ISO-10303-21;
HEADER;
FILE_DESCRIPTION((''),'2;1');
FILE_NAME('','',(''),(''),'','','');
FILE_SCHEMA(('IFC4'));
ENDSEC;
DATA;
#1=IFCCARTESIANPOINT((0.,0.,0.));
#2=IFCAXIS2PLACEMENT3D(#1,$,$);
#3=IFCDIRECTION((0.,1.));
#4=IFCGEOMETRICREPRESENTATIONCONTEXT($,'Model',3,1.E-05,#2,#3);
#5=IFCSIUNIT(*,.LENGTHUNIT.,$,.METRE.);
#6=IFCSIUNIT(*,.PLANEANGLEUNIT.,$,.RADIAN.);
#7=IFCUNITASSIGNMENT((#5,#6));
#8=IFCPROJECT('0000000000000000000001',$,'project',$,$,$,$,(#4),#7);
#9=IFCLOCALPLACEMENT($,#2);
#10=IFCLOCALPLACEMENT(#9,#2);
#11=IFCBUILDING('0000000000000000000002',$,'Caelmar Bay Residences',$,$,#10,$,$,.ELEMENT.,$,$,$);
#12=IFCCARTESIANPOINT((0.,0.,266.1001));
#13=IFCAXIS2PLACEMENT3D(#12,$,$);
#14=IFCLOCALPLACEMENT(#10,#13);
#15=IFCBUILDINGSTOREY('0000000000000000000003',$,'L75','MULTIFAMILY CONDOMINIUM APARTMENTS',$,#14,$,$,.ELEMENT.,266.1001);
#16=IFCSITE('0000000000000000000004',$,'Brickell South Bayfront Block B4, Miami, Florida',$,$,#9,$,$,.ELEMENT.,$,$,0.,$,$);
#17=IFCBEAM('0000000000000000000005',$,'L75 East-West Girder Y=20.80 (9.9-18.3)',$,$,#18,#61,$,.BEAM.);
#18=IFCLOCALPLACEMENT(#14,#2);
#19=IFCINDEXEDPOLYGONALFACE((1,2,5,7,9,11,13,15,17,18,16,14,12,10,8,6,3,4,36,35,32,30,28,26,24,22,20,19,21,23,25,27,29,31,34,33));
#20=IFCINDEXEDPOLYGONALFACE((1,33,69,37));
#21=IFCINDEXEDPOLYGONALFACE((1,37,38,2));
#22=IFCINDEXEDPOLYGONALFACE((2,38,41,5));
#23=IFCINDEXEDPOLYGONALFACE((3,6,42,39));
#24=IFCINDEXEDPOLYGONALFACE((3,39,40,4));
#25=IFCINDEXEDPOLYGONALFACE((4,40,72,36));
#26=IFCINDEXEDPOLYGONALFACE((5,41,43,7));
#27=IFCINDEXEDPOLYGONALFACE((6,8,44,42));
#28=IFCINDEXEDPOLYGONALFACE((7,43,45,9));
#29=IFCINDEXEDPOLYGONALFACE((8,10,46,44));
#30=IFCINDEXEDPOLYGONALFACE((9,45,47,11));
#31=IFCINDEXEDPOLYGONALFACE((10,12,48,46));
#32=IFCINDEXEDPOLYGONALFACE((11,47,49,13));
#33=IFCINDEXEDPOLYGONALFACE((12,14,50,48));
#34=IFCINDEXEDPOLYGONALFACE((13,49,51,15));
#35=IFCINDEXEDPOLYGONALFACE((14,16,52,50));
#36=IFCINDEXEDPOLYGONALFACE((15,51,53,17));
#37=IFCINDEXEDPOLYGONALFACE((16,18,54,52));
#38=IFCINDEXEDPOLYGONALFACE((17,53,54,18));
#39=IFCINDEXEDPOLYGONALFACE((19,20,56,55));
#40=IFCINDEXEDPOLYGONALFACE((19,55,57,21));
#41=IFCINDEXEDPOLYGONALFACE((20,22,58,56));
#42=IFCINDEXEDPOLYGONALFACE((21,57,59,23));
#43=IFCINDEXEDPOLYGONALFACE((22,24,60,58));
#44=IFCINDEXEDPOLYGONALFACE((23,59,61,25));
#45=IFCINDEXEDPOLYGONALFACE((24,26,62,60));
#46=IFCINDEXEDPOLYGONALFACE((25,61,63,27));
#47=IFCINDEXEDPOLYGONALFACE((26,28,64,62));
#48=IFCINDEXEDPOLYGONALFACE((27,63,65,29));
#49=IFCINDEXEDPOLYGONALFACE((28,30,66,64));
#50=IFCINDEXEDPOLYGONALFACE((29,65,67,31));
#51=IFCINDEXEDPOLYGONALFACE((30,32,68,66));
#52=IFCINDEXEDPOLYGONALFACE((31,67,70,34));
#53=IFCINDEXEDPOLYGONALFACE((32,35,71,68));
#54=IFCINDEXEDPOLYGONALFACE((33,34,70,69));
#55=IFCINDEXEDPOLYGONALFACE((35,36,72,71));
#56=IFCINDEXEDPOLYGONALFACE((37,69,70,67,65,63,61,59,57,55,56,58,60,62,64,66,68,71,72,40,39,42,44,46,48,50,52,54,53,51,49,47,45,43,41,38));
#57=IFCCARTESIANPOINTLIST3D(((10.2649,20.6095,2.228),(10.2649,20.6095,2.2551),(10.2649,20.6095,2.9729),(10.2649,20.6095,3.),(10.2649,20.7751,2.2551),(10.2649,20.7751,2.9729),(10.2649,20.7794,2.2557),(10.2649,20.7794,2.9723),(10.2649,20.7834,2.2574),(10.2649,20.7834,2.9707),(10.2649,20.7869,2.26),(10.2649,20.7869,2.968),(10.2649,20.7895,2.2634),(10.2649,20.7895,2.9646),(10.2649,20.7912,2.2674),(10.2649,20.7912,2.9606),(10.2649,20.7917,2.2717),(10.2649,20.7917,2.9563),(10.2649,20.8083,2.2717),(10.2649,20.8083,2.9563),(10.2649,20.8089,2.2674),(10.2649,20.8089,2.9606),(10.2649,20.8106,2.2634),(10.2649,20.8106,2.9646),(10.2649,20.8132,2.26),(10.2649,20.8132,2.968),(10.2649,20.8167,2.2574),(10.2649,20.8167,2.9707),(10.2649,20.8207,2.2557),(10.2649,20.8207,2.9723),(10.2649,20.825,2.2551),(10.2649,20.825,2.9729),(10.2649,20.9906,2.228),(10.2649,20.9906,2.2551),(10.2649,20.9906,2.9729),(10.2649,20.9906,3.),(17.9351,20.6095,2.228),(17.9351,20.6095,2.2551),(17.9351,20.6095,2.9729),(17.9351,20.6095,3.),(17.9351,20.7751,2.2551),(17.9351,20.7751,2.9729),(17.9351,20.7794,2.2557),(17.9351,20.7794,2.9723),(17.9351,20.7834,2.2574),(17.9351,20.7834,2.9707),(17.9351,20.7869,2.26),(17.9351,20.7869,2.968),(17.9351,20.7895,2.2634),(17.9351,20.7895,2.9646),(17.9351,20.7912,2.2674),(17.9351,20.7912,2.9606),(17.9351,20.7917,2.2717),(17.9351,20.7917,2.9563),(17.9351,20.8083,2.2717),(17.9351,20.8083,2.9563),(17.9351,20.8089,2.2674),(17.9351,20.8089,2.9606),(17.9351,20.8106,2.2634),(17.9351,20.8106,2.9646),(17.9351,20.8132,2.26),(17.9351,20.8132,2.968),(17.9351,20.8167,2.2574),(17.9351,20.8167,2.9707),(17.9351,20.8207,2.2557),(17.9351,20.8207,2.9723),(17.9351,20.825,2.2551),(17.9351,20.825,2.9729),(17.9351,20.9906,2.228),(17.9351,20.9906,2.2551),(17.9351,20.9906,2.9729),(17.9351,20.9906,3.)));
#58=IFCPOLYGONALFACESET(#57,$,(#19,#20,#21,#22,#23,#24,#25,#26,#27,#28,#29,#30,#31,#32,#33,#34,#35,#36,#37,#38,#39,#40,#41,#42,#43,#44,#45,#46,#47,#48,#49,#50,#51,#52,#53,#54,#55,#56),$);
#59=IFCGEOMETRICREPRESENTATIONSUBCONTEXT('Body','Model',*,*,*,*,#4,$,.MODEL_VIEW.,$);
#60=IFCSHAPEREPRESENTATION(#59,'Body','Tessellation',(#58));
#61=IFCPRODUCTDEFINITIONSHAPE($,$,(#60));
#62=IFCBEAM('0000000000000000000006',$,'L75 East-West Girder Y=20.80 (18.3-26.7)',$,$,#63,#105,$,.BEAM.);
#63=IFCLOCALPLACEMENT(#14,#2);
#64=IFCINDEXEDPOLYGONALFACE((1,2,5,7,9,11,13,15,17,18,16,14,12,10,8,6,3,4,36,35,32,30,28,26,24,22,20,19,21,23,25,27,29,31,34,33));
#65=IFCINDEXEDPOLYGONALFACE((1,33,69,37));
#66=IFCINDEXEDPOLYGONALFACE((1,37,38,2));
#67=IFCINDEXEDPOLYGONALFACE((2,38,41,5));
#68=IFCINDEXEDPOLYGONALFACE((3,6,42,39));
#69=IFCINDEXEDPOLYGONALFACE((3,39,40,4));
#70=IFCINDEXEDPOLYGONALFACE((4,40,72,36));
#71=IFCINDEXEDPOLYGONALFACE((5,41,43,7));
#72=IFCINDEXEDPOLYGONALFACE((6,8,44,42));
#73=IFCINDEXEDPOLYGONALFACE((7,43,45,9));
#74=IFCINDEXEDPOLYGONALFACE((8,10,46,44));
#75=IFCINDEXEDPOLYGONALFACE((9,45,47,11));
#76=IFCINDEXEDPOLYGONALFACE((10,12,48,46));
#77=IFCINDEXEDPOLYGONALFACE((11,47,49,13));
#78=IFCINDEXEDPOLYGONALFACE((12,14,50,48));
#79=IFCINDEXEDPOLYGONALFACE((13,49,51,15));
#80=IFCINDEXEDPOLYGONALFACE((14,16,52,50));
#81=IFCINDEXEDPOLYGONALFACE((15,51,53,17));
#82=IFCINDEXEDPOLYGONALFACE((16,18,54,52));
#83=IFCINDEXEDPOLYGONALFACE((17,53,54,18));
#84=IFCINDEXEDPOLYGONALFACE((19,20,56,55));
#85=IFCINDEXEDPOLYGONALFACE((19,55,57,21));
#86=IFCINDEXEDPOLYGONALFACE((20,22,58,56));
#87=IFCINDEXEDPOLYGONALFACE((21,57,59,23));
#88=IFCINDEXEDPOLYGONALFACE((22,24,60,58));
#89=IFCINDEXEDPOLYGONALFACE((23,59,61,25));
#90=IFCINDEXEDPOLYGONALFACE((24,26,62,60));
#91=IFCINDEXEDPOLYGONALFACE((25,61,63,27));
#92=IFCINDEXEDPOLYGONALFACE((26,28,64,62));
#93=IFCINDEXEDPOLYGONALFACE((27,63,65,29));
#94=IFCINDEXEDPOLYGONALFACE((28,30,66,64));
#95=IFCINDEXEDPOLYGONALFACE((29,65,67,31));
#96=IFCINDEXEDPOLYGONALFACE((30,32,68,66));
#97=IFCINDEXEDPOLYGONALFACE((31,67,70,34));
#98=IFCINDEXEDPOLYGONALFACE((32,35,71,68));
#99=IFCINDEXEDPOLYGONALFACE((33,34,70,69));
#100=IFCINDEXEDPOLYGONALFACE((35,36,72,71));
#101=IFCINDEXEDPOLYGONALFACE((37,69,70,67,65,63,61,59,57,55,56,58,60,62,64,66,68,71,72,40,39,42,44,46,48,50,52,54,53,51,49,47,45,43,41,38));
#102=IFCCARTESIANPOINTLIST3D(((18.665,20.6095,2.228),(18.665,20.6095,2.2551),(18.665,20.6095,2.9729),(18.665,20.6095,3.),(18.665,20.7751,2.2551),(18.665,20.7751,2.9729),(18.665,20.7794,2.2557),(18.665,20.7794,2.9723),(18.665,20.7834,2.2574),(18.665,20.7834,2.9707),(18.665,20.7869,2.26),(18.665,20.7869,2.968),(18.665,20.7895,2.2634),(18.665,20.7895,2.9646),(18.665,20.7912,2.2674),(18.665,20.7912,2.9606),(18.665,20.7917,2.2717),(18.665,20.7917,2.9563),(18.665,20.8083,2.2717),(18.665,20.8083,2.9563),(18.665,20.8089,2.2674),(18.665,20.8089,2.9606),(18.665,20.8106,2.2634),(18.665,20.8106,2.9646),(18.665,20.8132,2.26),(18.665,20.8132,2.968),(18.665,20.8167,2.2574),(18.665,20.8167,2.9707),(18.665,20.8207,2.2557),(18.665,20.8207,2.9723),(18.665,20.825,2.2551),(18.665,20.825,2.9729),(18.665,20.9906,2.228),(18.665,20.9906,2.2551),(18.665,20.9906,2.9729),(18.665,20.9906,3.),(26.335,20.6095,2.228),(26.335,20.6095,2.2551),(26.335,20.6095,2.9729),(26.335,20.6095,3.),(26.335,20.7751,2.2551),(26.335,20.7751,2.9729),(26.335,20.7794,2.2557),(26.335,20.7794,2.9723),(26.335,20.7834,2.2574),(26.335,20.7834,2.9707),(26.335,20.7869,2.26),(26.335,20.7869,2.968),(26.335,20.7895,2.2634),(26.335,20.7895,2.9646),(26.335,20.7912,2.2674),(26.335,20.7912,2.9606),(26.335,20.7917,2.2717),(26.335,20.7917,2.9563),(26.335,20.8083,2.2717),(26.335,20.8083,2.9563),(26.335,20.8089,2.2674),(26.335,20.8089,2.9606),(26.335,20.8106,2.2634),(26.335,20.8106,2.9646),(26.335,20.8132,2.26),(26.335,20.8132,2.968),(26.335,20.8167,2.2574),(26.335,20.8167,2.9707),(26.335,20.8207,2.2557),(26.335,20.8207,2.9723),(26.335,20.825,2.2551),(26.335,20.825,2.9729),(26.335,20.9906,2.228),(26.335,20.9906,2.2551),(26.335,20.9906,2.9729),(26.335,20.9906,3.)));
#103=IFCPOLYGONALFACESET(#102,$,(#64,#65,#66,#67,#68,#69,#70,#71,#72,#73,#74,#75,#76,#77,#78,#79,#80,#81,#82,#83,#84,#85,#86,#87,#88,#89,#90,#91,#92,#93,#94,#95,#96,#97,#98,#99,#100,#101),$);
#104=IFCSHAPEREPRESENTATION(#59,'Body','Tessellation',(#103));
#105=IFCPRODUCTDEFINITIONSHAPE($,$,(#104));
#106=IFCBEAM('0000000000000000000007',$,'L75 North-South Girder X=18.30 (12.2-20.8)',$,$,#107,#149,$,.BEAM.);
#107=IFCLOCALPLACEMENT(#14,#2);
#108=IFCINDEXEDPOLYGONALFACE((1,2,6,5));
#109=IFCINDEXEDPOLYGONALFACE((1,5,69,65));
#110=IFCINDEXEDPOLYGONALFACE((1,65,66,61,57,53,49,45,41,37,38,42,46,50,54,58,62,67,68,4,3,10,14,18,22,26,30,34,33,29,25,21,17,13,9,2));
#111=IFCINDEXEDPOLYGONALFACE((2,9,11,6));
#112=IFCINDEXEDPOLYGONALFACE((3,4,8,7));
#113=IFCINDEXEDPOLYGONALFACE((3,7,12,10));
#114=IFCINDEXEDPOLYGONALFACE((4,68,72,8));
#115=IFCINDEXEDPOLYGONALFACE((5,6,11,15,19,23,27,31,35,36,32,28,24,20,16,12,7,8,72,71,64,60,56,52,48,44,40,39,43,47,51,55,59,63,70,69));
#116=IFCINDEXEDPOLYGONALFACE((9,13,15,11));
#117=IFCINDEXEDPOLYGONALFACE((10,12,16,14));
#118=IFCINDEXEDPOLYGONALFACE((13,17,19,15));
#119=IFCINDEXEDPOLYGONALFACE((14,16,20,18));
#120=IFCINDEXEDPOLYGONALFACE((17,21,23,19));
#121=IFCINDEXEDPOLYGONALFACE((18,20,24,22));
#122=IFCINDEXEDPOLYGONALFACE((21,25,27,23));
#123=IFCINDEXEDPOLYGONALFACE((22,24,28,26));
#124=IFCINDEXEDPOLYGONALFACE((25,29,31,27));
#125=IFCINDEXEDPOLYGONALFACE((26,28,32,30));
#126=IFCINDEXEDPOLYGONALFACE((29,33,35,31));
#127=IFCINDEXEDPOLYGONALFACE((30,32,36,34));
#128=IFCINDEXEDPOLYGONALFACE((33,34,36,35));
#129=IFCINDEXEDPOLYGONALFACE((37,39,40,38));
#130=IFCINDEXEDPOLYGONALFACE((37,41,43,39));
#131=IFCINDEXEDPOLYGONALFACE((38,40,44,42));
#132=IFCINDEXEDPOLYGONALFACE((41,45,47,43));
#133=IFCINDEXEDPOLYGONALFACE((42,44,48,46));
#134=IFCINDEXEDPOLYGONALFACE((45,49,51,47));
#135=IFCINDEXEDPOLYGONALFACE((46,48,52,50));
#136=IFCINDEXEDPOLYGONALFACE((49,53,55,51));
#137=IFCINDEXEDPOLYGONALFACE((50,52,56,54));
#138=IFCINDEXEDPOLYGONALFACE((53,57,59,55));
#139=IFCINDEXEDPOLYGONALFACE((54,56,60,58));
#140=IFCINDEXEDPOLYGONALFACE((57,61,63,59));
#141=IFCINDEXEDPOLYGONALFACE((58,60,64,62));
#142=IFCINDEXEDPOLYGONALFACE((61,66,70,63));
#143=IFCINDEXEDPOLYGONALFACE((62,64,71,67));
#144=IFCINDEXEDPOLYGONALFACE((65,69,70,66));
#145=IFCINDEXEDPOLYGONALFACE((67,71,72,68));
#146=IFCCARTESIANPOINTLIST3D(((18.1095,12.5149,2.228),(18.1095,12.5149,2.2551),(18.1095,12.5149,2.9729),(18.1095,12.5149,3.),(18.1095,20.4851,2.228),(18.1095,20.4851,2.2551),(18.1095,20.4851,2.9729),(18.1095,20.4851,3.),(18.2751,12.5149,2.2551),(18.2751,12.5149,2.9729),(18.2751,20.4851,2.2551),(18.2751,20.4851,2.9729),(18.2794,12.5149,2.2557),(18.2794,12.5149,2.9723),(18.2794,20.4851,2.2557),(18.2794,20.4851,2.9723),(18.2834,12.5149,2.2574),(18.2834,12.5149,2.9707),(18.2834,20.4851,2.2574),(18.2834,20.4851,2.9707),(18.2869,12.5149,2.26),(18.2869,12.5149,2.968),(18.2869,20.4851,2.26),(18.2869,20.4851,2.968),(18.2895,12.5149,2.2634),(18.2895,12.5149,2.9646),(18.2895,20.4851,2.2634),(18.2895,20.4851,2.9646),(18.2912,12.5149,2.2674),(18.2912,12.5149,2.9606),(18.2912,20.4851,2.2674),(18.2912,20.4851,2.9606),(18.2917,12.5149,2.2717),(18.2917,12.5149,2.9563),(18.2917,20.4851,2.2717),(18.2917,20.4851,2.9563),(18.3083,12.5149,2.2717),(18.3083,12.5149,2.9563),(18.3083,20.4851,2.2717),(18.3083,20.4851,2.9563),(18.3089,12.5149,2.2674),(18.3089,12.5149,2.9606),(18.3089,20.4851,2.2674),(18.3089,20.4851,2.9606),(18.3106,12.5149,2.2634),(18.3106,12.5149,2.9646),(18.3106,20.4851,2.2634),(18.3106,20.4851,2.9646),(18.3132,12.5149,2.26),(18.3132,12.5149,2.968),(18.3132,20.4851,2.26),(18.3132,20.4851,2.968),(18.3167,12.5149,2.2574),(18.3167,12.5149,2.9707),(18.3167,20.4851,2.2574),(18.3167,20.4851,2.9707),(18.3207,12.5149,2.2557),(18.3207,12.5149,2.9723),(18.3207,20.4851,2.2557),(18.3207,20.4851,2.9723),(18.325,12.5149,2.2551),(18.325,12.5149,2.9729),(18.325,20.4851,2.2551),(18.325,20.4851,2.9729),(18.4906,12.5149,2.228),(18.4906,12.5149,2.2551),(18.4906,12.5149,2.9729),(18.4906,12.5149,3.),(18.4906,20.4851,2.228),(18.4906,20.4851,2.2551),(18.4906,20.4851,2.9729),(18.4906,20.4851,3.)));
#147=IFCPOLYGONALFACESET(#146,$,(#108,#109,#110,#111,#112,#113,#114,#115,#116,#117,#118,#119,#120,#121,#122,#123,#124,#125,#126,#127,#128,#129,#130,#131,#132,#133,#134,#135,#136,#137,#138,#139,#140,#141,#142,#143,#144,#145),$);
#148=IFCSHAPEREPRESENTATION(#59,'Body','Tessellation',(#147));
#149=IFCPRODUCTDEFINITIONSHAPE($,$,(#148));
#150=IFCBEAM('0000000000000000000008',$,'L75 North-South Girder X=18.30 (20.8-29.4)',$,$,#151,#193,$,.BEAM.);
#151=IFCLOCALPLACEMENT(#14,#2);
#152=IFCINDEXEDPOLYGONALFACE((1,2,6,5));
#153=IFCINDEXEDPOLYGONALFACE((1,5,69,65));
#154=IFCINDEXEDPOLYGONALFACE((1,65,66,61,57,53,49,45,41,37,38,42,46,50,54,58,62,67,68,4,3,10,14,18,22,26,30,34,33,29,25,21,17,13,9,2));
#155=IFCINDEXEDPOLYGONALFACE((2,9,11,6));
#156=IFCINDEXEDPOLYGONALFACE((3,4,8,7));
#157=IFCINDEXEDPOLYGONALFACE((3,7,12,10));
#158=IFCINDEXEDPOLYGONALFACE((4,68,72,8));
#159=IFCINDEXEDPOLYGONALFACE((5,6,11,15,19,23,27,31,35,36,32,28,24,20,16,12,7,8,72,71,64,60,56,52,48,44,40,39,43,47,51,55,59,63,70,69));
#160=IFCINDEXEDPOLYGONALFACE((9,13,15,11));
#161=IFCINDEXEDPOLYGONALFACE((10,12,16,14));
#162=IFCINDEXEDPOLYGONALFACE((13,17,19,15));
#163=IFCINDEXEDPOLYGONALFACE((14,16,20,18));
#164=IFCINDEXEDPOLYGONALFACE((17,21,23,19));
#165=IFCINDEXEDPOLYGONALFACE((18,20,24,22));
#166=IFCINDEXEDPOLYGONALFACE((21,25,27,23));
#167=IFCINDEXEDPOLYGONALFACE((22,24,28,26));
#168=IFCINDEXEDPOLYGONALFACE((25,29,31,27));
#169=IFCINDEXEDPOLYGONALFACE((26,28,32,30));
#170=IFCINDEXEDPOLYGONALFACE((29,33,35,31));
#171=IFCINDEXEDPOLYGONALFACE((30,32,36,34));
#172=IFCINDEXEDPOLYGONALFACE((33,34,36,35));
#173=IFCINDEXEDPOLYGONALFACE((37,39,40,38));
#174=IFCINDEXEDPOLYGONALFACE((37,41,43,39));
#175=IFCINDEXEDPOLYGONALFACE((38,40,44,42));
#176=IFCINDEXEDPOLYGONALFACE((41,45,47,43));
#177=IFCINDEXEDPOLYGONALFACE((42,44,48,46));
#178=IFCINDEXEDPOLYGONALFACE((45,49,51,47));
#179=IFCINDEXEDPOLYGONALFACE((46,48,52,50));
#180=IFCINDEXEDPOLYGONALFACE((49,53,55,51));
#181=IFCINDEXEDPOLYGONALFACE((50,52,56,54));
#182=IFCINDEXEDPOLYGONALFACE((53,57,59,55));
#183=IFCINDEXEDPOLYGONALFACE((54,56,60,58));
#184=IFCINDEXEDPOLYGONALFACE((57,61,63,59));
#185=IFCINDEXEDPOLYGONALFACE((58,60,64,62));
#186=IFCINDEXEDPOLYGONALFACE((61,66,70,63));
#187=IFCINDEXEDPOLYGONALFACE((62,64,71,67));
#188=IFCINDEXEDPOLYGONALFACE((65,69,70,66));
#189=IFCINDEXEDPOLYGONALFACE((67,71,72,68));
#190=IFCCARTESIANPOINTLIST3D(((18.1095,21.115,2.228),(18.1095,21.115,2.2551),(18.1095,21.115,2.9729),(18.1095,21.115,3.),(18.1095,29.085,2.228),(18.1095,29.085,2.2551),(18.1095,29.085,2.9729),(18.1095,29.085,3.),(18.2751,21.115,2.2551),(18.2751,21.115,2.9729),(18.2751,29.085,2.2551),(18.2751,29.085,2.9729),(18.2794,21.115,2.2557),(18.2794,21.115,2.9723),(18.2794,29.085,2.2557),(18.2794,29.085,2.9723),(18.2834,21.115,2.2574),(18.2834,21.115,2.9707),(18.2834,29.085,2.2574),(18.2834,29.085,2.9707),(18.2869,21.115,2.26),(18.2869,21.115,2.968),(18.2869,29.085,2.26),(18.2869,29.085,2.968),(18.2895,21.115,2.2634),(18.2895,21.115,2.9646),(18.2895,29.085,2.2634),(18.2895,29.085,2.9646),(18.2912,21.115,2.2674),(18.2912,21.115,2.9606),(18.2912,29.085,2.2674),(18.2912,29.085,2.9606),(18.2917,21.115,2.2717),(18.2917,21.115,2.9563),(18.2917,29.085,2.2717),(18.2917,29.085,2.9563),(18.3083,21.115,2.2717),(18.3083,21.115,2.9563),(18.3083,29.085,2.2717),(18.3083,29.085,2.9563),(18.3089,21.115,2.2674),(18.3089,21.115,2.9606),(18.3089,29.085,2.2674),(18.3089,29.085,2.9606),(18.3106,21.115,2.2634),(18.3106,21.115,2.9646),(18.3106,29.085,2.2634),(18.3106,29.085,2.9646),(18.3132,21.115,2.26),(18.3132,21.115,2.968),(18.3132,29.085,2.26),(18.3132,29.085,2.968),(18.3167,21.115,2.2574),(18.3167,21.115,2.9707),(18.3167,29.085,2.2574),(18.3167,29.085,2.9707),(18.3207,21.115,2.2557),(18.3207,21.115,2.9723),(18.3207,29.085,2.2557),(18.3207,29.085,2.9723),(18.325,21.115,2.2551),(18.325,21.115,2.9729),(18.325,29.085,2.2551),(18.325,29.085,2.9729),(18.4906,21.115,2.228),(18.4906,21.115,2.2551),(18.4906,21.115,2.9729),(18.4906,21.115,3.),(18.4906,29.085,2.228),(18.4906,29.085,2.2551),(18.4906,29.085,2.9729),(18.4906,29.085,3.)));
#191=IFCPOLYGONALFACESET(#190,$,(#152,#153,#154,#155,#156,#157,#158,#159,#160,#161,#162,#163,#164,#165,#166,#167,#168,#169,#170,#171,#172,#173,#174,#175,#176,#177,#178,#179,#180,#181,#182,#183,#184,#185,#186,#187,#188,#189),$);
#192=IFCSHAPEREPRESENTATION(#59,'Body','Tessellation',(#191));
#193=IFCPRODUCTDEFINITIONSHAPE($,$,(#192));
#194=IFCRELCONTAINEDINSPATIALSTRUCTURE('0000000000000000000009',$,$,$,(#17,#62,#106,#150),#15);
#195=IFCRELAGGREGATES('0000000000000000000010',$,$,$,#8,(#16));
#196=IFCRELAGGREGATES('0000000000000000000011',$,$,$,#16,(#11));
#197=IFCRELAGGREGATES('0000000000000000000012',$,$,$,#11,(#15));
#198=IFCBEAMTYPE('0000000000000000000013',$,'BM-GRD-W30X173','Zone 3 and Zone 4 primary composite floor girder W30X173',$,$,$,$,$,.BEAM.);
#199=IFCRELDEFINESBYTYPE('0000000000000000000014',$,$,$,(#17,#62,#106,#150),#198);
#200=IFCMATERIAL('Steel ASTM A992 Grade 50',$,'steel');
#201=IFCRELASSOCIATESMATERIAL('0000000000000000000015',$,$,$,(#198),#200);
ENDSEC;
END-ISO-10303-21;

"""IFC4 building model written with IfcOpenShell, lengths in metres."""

from ifc_helpers import new_model, si_unit, direction, frame, origin, origin_2d, place, context, subcontext, project, spatial, i_section, extrude, material, material_profile, profile_set, type_object, element, save


model = new_model("IFC4")

# Units and contexts
model_context = context("Model", 3, precision=1e-05, world=origin(), true_north=direction((0.0, 1.0)))
body_context = subcontext(model_context, "Body", "Model", "MODEL_VIEW")
ifc_project = project(units=[si_unit("LENGTHUNIT", "METRE"), si_unit("PLANEANGLEUNIT", "RADIAN")], contexts=[model_context])

# Site, building, storey
site_placement = place(None, origin())
site = spatial("IfcSite", under=ifc_project, at=site_placement, Name="Brickell South Bayfront Block B4, Miami, Florida", CompositionType="ELEMENT", RefElevation=0.0)
building_placement = place(site_placement, origin())
building = spatial("IfcBuilding", under=site, at=building_placement, Name="Caelmar Bay Residences", CompositionType="ELEMENT")
storey_placement = place(building_placement, frame((0.0, 0.0, 266.1001)))
storey = spatial("IfcBuildingStorey", under=building, at=storey_placement, Name="L75", Description="MULTIFAMILY CONDOMINIUM APARTMENTS", CompositionType="ELEMENT", Elevation=266.1001)

# Beams
ifc_material_1 = material(Name="Steel ASTM A992 Grade 50", Category="steel")
ifc_material_profile_1 = material_profile(ifc_material_1, i_section(OverallWidth=0.3811, OverallDepth=0.772, WebThickness=0.0166, FlangeThickness=0.0271, FilletRadius=0.0166, at=origin_2d()), Name="W30X173")
ifc_profile_set_1 = profile_set([ifc_material_profile_1], Name="Steel ASTM A992 Grade 50")
beam_type_1 = type_object("IfcBeamType", Name="BM-GRD-W30X173", Description="Zone 3 and Zone 4 primary composite floor girder W30X173", PredefinedType="BEAM", material=ifc_profile_set_1)
beam_1_placement = place(storey_placement, frame((10.2649, 20.8, 2.614), z_axis=(1.0, 0.0, 0.0), x_axis=(0.0, 1.0, 0.0)))
element("IfcBeam", 1, at=beam_1_placement, inside=storey, type_object=beam_type_1, Name="L75 East-West Girder Y=20.80 (9.9-18.3)", PredefinedType="BEAM", context=body_context, shape_type="SweptSolid", body=[
    extrude(i_section(OverallWidth=0.3811, OverallDepth=0.772, WebThickness=0.0166, FlangeThickness=0.0271, FilletRadius=0.0166, at=origin_2d()), origin(), (0.0, 0.0, 1.0), 7.6702),
])
beam_2_placement = place(storey_placement, frame((18.665, 20.8, 2.614), z_axis=(1.0, 0.0, 0.0), x_axis=(0.0, 1.0, 0.0)))
element("IfcBeam", 2, at=beam_2_placement, inside=storey, type_object=beam_type_1, Name="L75 East-West Girder Y=20.80 (18.3-26.7)", PredefinedType="BEAM", context=body_context, shape_type="SweptSolid", body=[
    extrude(i_section(OverallWidth=0.3811, OverallDepth=0.772, WebThickness=0.0166, FlangeThickness=0.0271, FilletRadius=0.0166, at=origin_2d()), origin(), (0.0, 0.0, 1.0), 7.6699),
])
beam_3_placement = place(storey_placement, frame((18.3, 12.5149, 2.614), z_axis=(0.0, 1.0, 0.0), x_axis=(-1.0, 0.0, 0.0)))
element("IfcBeam", 3, at=beam_3_placement, inside=storey, type_object=beam_type_1, Name="L75 North-South Girder X=18.30 (12.2-20.8)", PredefinedType="BEAM", context=body_context, shape_type="SweptSolid", body=[
    extrude(i_section(OverallWidth=0.3811, OverallDepth=0.772, WebThickness=0.0166, FlangeThickness=0.0271, FilletRadius=0.0166, at=origin_2d()), origin(), (0.0, 0.0, 1.0), 7.9702),
])
beam_4_placement = place(storey_placement, frame((18.3, 21.115, 2.614), z_axis=(0.0, 1.0, 0.0), x_axis=(-1.0, 0.0, 0.0)))
element("IfcBeam", 4, at=beam_4_placement, inside=storey, type_object=beam_type_1, Name="L75 North-South Girder X=18.30 (20.8-29.4)", PredefinedType="BEAM", context=body_context, shape_type="SweptSolid", body=[
    extrude(i_section(OverallWidth=0.3811, OverallDepth=0.772, WebThickness=0.0166, FlangeThickness=0.0271, FilletRadius=0.0166, at=origin_2d()), origin(), (0.0, 0.0, 1.0), 7.97),
])

save(model, "model.ifc")
